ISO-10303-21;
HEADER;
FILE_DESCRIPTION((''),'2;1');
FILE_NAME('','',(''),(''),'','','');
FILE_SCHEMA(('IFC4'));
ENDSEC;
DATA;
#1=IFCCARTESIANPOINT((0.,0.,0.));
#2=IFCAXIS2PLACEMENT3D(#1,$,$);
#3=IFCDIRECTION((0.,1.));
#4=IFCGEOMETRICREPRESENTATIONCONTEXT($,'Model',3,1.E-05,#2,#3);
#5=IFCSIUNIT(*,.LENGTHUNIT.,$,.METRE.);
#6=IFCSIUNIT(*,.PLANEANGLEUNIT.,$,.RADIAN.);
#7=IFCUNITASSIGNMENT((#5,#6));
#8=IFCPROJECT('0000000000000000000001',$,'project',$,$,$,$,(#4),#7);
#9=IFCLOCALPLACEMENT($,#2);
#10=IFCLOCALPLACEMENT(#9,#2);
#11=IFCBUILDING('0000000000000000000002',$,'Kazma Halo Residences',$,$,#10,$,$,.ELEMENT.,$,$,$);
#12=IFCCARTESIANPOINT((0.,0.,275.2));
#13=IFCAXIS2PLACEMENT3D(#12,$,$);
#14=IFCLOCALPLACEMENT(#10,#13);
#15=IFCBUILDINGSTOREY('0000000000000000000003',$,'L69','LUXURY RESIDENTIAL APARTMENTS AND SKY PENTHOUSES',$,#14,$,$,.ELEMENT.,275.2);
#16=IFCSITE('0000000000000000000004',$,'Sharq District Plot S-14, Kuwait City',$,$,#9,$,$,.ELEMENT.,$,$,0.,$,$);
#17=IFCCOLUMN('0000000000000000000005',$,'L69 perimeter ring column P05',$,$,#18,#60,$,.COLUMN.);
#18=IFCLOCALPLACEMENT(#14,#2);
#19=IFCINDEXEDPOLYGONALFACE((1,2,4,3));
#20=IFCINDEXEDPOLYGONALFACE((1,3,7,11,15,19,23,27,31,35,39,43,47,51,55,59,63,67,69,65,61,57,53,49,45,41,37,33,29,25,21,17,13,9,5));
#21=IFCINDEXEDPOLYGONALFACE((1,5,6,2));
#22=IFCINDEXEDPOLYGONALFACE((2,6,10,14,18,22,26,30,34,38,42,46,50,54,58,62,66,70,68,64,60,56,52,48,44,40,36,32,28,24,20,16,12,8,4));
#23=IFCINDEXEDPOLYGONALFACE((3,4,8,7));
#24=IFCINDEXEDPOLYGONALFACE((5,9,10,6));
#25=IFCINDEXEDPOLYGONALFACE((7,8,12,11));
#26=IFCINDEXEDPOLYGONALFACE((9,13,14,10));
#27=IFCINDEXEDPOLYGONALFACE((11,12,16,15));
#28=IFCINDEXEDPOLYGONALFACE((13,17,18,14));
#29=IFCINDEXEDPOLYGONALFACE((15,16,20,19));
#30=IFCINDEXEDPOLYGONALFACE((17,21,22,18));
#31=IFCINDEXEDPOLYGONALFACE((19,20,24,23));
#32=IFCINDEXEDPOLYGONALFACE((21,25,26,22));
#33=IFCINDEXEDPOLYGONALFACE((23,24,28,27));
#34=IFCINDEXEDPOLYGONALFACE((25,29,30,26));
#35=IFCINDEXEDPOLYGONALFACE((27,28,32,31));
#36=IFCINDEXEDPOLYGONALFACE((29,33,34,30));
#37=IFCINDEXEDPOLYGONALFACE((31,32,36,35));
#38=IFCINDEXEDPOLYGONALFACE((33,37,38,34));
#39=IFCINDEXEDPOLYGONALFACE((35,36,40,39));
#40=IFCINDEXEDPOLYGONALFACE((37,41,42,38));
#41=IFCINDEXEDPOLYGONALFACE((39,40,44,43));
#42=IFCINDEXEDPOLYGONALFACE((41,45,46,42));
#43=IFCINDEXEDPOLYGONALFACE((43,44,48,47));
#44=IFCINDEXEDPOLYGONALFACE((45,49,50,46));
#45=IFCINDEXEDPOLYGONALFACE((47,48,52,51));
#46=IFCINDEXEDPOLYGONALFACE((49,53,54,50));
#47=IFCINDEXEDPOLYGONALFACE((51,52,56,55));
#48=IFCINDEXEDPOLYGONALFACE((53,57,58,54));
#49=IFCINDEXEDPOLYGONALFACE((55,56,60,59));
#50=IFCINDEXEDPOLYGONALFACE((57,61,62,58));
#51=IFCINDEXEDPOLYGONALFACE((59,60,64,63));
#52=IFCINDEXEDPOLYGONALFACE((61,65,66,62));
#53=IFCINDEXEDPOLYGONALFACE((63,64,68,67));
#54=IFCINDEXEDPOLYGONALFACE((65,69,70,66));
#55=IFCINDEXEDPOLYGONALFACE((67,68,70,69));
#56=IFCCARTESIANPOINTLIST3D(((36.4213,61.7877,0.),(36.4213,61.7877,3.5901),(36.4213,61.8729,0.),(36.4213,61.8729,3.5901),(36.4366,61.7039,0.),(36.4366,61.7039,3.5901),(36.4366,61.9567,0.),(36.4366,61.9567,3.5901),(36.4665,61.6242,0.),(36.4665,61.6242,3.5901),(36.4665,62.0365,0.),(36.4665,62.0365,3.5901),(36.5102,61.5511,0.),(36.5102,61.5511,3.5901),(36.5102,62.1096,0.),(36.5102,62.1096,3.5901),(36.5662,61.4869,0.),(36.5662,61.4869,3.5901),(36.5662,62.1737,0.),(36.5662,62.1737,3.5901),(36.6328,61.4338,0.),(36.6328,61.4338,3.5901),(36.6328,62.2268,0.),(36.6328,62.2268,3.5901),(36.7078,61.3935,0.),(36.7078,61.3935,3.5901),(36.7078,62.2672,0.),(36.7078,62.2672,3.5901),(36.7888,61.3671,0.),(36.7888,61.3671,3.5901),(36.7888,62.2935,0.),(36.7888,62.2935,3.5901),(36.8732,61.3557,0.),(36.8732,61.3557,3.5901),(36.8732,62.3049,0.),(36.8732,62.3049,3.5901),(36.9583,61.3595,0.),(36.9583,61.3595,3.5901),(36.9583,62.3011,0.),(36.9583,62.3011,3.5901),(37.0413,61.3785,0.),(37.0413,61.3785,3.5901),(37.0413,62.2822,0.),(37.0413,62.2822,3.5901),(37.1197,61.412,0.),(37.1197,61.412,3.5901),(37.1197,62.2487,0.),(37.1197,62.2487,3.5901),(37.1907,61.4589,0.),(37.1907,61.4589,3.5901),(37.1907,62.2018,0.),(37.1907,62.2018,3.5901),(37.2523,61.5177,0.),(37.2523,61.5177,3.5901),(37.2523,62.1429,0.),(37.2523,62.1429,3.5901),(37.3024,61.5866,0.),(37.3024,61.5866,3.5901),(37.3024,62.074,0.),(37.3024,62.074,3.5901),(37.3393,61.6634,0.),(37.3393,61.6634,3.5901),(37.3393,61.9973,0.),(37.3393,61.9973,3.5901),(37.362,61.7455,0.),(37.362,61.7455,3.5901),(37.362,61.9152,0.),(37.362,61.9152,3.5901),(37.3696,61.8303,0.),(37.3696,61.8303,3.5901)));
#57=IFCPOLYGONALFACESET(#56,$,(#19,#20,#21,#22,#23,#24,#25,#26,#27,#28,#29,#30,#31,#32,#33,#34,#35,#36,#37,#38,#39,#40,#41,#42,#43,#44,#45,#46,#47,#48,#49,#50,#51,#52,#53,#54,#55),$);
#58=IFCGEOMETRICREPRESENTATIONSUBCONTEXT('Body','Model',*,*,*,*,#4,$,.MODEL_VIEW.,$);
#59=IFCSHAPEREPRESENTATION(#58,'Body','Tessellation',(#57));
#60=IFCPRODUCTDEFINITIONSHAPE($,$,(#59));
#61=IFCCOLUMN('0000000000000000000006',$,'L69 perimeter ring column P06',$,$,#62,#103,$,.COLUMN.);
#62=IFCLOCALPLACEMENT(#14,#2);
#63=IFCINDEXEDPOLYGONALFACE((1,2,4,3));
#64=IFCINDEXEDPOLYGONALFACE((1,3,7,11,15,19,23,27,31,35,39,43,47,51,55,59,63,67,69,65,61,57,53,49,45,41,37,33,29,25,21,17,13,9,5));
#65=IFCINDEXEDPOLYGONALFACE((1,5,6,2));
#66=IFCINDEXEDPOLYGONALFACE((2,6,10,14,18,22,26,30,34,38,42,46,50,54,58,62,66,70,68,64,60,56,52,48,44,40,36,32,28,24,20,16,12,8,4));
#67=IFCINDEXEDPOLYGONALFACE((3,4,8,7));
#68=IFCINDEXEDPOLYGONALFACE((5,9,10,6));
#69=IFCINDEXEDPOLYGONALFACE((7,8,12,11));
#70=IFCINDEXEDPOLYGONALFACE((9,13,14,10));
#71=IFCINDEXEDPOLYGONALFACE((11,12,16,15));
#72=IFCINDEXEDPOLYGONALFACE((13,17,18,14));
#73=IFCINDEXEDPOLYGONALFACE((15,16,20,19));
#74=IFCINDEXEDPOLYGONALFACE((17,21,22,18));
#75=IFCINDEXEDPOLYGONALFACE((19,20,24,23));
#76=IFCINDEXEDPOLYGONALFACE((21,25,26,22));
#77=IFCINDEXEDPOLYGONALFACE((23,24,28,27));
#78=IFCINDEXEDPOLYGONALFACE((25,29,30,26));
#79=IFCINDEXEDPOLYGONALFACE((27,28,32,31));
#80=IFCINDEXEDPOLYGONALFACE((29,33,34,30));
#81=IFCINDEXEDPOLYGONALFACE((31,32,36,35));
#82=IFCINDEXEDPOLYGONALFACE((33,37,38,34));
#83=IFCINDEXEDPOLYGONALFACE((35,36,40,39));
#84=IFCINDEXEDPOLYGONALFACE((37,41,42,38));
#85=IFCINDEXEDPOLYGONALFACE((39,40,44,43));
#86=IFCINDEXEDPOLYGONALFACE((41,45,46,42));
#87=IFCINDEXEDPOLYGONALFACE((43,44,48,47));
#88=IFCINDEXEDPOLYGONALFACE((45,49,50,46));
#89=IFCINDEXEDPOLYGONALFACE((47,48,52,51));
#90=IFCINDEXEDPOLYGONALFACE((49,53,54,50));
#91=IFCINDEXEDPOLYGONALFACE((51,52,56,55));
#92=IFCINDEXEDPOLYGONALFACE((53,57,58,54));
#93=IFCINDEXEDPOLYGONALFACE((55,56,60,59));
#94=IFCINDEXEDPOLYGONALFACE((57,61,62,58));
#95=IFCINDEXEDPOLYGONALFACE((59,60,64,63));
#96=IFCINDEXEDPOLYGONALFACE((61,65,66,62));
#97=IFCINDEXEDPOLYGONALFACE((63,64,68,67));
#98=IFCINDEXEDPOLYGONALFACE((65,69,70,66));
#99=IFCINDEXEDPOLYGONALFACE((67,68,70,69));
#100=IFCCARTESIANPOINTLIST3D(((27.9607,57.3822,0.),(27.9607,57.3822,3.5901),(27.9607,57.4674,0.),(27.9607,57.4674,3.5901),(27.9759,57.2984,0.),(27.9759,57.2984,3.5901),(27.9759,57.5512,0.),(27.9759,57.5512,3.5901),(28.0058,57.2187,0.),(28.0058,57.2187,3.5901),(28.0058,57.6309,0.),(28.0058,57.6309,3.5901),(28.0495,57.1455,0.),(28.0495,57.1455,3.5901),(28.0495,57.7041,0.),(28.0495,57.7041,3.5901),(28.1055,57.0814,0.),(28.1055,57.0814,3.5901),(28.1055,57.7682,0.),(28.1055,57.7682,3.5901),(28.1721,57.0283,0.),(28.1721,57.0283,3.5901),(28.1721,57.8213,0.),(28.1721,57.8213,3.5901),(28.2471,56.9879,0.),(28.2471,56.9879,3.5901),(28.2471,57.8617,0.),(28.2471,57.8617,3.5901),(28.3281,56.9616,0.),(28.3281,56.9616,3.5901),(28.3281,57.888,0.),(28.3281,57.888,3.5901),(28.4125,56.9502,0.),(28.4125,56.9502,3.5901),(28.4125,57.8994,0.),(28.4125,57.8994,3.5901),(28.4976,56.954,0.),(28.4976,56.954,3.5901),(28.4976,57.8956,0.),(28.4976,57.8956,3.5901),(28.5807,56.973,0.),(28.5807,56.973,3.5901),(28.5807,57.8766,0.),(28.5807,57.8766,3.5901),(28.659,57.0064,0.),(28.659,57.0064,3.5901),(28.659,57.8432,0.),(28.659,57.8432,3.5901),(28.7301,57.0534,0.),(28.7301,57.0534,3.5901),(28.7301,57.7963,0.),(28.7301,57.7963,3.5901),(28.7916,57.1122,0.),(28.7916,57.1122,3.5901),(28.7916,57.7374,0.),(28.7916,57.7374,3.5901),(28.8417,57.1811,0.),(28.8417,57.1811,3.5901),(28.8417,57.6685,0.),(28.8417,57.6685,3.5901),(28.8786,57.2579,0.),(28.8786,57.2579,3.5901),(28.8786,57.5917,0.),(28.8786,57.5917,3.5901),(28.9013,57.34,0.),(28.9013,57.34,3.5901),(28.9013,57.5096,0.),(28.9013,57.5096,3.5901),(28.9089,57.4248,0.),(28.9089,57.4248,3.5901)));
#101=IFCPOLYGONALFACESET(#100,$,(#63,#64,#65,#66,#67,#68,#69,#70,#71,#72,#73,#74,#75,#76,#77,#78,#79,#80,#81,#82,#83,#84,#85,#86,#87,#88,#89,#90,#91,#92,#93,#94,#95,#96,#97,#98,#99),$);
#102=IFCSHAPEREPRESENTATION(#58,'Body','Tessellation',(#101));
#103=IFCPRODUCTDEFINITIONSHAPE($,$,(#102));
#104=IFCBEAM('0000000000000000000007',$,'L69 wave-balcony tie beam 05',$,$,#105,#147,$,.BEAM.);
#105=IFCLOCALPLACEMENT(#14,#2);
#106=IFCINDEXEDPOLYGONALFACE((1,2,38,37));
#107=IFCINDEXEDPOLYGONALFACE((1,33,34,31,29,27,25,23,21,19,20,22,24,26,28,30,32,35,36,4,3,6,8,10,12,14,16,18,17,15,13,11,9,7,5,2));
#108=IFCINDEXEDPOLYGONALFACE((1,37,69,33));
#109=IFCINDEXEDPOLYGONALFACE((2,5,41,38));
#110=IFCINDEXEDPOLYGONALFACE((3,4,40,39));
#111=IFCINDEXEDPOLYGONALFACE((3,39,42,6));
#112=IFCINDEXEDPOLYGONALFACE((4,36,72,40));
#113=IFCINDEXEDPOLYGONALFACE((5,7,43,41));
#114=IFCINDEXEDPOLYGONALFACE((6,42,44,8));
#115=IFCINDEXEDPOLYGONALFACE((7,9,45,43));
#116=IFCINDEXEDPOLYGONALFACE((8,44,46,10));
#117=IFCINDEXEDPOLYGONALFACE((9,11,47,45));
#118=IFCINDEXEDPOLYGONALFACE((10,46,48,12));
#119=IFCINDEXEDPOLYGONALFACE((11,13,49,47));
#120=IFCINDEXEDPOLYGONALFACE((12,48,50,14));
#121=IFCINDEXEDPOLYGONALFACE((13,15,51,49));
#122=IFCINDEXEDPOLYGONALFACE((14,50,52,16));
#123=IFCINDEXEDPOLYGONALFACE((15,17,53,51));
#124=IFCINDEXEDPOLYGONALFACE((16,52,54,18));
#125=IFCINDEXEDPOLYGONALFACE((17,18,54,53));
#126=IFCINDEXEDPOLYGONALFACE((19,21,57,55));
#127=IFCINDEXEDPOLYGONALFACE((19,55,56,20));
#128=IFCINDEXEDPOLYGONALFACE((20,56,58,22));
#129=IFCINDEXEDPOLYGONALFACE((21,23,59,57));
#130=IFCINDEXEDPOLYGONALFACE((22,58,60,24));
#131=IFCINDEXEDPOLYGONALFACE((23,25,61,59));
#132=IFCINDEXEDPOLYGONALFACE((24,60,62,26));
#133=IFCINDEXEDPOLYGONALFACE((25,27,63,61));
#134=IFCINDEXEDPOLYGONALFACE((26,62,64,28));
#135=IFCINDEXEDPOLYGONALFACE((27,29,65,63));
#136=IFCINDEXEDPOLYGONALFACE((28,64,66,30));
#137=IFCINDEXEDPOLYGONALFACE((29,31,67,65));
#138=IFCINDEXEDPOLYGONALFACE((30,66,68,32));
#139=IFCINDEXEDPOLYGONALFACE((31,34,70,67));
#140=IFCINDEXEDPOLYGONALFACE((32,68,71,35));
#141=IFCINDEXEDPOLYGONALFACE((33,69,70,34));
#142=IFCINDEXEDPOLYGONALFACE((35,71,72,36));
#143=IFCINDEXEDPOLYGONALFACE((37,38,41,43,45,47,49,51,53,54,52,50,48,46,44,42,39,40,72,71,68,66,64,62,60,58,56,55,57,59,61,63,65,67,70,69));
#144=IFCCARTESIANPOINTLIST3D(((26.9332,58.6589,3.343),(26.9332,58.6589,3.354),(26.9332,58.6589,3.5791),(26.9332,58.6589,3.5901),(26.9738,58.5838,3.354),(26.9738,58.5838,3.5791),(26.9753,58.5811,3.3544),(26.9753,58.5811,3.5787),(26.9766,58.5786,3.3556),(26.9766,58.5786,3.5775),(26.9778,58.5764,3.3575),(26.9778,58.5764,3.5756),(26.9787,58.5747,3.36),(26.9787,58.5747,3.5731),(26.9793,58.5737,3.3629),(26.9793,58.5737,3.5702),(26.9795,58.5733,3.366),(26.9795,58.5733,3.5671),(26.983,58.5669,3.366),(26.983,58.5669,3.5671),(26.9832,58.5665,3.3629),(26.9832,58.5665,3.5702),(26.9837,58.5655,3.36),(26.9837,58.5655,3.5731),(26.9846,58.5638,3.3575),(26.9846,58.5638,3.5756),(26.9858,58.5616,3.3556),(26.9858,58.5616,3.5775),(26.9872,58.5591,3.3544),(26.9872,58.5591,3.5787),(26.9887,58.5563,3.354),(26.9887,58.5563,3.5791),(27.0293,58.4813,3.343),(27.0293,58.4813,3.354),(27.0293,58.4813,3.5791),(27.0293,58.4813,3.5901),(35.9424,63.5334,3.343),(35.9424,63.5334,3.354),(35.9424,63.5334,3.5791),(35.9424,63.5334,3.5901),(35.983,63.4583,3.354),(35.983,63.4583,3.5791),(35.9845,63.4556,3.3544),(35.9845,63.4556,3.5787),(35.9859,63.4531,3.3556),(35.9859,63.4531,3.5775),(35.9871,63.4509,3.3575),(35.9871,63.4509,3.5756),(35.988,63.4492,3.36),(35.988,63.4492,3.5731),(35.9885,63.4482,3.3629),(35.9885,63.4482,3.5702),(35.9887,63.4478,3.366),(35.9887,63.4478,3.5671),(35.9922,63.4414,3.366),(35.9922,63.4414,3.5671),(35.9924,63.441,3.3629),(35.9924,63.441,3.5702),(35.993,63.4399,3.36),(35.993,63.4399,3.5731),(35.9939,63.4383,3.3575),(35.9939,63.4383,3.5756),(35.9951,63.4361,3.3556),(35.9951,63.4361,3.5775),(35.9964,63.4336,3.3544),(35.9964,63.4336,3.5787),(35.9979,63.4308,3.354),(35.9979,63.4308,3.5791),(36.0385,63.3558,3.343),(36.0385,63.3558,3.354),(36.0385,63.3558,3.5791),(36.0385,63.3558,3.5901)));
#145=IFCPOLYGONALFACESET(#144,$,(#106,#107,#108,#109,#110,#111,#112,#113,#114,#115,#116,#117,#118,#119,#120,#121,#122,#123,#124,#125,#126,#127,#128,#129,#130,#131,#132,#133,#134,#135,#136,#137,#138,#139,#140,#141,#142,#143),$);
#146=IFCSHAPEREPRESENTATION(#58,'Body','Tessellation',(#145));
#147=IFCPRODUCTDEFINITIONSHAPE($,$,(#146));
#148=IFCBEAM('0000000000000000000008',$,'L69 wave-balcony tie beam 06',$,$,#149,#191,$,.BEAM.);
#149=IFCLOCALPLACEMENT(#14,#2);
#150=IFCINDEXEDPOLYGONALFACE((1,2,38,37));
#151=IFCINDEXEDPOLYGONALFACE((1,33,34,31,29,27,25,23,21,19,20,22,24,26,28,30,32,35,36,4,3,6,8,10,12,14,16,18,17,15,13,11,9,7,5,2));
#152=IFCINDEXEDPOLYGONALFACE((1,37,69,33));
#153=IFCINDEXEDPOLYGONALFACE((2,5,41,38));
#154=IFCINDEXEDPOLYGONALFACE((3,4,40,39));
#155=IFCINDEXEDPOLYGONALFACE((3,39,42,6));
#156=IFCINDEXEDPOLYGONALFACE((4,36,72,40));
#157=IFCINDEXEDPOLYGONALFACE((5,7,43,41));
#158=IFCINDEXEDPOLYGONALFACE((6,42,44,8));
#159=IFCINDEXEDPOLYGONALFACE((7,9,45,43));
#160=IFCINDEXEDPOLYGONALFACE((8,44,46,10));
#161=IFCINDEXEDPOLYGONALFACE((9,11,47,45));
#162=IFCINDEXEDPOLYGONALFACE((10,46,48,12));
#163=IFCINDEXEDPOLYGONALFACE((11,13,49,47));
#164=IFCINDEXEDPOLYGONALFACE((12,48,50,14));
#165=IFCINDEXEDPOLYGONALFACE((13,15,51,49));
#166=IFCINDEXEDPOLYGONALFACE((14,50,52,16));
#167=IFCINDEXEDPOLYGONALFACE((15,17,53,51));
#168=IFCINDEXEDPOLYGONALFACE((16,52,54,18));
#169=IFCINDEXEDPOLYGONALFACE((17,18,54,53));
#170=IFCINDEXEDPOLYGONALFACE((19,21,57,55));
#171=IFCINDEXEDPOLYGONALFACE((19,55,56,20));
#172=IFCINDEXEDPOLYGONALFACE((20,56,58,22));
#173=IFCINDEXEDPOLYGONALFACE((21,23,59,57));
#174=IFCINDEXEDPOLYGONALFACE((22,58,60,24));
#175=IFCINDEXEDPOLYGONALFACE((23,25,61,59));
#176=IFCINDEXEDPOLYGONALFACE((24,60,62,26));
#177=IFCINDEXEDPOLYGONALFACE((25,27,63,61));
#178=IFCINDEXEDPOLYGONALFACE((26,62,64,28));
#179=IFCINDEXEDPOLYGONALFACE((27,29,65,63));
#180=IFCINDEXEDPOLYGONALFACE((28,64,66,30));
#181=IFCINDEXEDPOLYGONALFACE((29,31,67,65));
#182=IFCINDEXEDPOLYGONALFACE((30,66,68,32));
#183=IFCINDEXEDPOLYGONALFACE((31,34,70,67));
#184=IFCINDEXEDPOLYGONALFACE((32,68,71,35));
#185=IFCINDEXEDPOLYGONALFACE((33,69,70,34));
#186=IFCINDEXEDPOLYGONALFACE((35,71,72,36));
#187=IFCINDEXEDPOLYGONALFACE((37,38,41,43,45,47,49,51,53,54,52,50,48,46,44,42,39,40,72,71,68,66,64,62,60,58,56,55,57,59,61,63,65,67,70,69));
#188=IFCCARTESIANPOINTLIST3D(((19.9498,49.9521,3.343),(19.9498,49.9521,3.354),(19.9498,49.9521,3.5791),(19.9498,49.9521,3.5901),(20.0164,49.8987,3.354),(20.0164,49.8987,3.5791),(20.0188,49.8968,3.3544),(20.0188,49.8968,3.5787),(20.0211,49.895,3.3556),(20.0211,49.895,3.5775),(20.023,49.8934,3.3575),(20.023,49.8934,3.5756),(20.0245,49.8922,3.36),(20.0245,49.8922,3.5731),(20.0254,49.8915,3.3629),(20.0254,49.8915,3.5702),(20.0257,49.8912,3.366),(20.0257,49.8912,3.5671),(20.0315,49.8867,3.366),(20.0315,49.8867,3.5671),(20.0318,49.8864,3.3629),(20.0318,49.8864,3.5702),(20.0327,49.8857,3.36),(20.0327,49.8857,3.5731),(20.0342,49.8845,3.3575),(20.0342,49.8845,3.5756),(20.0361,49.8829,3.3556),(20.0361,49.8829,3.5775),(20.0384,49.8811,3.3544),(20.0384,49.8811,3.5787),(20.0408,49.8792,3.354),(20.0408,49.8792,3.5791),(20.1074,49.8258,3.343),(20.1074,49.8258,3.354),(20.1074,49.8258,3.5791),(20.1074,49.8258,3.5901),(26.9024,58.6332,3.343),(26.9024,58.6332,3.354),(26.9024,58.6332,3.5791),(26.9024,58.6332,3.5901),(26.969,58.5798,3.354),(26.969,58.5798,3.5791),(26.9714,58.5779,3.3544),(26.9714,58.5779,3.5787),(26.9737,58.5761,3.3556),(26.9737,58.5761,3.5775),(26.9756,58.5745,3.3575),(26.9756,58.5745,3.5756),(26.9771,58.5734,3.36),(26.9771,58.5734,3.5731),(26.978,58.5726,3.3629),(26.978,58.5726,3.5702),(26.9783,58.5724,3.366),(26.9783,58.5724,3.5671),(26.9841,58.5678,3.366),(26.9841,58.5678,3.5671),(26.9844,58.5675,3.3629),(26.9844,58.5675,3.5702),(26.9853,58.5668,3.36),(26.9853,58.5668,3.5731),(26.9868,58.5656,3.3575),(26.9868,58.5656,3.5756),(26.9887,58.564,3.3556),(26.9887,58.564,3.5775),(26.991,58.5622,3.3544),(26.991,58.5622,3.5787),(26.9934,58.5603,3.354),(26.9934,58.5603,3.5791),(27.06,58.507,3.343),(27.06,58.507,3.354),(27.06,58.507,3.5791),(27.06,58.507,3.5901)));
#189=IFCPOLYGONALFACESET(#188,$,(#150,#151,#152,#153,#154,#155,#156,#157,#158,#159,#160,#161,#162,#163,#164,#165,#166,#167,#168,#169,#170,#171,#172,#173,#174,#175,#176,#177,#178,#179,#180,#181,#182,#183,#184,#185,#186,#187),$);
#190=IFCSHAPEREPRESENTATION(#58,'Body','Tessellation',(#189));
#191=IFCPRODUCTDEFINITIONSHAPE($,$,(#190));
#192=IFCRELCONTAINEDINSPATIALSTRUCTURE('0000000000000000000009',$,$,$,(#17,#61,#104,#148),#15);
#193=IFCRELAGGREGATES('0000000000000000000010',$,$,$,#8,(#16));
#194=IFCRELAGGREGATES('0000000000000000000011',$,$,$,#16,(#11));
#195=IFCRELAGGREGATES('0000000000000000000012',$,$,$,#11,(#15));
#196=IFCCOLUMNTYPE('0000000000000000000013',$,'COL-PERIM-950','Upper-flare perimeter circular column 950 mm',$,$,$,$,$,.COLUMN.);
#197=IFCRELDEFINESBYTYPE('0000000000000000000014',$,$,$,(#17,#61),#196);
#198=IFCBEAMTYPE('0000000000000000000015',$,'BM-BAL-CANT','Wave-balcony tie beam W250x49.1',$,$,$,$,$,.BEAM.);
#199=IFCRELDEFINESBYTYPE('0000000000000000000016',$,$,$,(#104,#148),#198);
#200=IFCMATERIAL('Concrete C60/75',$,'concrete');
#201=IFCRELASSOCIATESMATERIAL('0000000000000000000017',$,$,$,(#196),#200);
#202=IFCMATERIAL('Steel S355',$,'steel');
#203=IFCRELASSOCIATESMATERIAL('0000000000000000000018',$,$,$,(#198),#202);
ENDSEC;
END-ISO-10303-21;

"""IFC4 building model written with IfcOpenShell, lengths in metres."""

from ifc_helpers import new_model, si_unit, direction, frame, origin, origin_2d, place, context, subcontext, project, spatial, circle, i_section, extrude, material, material_profile, profile_set, type_object, element, save


model = new_model("IFC4")

# Units and contexts
model_context = context("Model", 3, precision=1e-05, world=origin(), true_north=direction((0.0, 1.0)))
body_context = subcontext(model_context, "Body", "Model", "MODEL_VIEW")
ifc_project = project(units=[si_unit("LENGTHUNIT", "METRE"), si_unit("PLANEANGLEUNIT", "RADIAN")], contexts=[model_context])

# Site, building, storey
site_placement = place(None, origin())
site = spatial("IfcSite", under=ifc_project, at=site_placement, Name="Sharq District Plot S-14, Kuwait City", CompositionType="ELEMENT", RefElevation=0.0)
building_placement = place(site_placement, origin())
building = spatial("IfcBuilding", under=site, at=building_placement, Name="Kazma Halo Residences", CompositionType="ELEMENT")
storey_placement = place(building_placement, frame((0.0, 0.0, 275.2)))
storey = spatial("IfcBuildingStorey", under=building, at=storey_placement, Name="L69", Description="LUXURY RESIDENTIAL APARTMENTS AND SKY PENTHOUSES", CompositionType="ELEMENT", Elevation=275.2)

# Columns
ifc_material_1 = material(Name="Concrete C60/75", Category="concrete")
ifc_material_profile_1 = material_profile(ifc_material_1, circle(Radius=0.4751, at=origin_2d()), Name="CIRC950")
ifc_profile_set_1 = profile_set([ifc_material_profile_1], Name="Concrete C60/75")
column_type = type_object("IfcColumnType", Name="COL-PERIM-950", Description="Upper-flare perimeter circular column 950 mm", PredefinedType="COLUMN", material=ifc_profile_set_1)
for number, where, z_axis, x_axis, name in (
    (1, (36.8945, 61.8303, 0.0), (0.0, 0.0, 1.0), (1.0, 0.0, 0.0), "L69 perimeter ring column P05"),
    (2, (28.4338, 57.4248, 0.0), (0.0, 0.0, 1.0), (1.0, 0.0, 0.0), "L69 perimeter ring column P06"),
):
    element("IfcColumn", number, at=place(storey_placement, frame(where, z_axis=z_axis, x_axis=x_axis)), inside=storey, type_object=column_type, Name=name, PredefinedType="COLUMN", context=body_context, shape_type="SweptSolid", body=[
        extrude(circle(Radius=0.4751, at=origin_2d()), origin(), (0.0, 0.0, 1.0), 3.5901),
    ])

# Beams
ifc_material_2 = material(Name="Steel S355", Category="steel")
ifc_material_profile_2 = material_profile(ifc_material_2, i_section(OverallWidth=0.2019, OverallDepth=0.2471, WebThickness=0.0073, FlangeThickness=0.011, FilletRadius=0.012, at=origin_2d()), Name="W250x49.1")
ifc_profile_set_2 = profile_set([ifc_material_profile_2], Name="Steel S355")
beam_type_1 = type_object("IfcBeamType", Name="BM-BAL-CANT", Description="Wave-balcony tie beam W250x49.1", PredefinedType="BEAM", material=ifc_profile_set_2)
beam_1_placement = place(storey_placement, frame((35.9905, 63.4446, 3.4666), z_axis=(-0.879517, -0.475867, 0.0), x_axis=(0.475867, -0.879517, 0.0)))
element("IfcBeam", 3, at=beam_1_placement, inside=storey, type_object=beam_type_1, Name="L69 wave-balcony tie beam 05", PredefinedType="BEAM", context=body_context, shape_type="SweptSolid", body=[
    extrude(i_section(OverallWidth=0.2019, OverallDepth=0.2471, WebThickness=0.0073, FlangeThickness=0.011, FilletRadius=0.012, at=origin_2d()), origin(), (0.0, 0.0, 1.0), 10.2434),
])
beam_2_placement = place(storey_placement, frame((26.9812, 58.5701, 3.4666), z_axis=(-0.625118, -0.78053, 0.0), x_axis=(0.78053, -0.625118, 0.0)))
element("IfcBeam", 4, at=beam_2_placement, inside=storey, type_object=beam_type_1, Name="L69 wave-balcony tie beam 06", PredefinedType="BEAM", context=body_context, shape_type="SweptSolid", body=[
    extrude(i_section(OverallWidth=0.2019, OverallDepth=0.2471, WebThickness=0.0073, FlangeThickness=0.011, FilletRadius=0.012, at=origin_2d()), origin(), (0.0, 0.0, 1.0), 11.1221),
])

save(model, "model.ifc")
